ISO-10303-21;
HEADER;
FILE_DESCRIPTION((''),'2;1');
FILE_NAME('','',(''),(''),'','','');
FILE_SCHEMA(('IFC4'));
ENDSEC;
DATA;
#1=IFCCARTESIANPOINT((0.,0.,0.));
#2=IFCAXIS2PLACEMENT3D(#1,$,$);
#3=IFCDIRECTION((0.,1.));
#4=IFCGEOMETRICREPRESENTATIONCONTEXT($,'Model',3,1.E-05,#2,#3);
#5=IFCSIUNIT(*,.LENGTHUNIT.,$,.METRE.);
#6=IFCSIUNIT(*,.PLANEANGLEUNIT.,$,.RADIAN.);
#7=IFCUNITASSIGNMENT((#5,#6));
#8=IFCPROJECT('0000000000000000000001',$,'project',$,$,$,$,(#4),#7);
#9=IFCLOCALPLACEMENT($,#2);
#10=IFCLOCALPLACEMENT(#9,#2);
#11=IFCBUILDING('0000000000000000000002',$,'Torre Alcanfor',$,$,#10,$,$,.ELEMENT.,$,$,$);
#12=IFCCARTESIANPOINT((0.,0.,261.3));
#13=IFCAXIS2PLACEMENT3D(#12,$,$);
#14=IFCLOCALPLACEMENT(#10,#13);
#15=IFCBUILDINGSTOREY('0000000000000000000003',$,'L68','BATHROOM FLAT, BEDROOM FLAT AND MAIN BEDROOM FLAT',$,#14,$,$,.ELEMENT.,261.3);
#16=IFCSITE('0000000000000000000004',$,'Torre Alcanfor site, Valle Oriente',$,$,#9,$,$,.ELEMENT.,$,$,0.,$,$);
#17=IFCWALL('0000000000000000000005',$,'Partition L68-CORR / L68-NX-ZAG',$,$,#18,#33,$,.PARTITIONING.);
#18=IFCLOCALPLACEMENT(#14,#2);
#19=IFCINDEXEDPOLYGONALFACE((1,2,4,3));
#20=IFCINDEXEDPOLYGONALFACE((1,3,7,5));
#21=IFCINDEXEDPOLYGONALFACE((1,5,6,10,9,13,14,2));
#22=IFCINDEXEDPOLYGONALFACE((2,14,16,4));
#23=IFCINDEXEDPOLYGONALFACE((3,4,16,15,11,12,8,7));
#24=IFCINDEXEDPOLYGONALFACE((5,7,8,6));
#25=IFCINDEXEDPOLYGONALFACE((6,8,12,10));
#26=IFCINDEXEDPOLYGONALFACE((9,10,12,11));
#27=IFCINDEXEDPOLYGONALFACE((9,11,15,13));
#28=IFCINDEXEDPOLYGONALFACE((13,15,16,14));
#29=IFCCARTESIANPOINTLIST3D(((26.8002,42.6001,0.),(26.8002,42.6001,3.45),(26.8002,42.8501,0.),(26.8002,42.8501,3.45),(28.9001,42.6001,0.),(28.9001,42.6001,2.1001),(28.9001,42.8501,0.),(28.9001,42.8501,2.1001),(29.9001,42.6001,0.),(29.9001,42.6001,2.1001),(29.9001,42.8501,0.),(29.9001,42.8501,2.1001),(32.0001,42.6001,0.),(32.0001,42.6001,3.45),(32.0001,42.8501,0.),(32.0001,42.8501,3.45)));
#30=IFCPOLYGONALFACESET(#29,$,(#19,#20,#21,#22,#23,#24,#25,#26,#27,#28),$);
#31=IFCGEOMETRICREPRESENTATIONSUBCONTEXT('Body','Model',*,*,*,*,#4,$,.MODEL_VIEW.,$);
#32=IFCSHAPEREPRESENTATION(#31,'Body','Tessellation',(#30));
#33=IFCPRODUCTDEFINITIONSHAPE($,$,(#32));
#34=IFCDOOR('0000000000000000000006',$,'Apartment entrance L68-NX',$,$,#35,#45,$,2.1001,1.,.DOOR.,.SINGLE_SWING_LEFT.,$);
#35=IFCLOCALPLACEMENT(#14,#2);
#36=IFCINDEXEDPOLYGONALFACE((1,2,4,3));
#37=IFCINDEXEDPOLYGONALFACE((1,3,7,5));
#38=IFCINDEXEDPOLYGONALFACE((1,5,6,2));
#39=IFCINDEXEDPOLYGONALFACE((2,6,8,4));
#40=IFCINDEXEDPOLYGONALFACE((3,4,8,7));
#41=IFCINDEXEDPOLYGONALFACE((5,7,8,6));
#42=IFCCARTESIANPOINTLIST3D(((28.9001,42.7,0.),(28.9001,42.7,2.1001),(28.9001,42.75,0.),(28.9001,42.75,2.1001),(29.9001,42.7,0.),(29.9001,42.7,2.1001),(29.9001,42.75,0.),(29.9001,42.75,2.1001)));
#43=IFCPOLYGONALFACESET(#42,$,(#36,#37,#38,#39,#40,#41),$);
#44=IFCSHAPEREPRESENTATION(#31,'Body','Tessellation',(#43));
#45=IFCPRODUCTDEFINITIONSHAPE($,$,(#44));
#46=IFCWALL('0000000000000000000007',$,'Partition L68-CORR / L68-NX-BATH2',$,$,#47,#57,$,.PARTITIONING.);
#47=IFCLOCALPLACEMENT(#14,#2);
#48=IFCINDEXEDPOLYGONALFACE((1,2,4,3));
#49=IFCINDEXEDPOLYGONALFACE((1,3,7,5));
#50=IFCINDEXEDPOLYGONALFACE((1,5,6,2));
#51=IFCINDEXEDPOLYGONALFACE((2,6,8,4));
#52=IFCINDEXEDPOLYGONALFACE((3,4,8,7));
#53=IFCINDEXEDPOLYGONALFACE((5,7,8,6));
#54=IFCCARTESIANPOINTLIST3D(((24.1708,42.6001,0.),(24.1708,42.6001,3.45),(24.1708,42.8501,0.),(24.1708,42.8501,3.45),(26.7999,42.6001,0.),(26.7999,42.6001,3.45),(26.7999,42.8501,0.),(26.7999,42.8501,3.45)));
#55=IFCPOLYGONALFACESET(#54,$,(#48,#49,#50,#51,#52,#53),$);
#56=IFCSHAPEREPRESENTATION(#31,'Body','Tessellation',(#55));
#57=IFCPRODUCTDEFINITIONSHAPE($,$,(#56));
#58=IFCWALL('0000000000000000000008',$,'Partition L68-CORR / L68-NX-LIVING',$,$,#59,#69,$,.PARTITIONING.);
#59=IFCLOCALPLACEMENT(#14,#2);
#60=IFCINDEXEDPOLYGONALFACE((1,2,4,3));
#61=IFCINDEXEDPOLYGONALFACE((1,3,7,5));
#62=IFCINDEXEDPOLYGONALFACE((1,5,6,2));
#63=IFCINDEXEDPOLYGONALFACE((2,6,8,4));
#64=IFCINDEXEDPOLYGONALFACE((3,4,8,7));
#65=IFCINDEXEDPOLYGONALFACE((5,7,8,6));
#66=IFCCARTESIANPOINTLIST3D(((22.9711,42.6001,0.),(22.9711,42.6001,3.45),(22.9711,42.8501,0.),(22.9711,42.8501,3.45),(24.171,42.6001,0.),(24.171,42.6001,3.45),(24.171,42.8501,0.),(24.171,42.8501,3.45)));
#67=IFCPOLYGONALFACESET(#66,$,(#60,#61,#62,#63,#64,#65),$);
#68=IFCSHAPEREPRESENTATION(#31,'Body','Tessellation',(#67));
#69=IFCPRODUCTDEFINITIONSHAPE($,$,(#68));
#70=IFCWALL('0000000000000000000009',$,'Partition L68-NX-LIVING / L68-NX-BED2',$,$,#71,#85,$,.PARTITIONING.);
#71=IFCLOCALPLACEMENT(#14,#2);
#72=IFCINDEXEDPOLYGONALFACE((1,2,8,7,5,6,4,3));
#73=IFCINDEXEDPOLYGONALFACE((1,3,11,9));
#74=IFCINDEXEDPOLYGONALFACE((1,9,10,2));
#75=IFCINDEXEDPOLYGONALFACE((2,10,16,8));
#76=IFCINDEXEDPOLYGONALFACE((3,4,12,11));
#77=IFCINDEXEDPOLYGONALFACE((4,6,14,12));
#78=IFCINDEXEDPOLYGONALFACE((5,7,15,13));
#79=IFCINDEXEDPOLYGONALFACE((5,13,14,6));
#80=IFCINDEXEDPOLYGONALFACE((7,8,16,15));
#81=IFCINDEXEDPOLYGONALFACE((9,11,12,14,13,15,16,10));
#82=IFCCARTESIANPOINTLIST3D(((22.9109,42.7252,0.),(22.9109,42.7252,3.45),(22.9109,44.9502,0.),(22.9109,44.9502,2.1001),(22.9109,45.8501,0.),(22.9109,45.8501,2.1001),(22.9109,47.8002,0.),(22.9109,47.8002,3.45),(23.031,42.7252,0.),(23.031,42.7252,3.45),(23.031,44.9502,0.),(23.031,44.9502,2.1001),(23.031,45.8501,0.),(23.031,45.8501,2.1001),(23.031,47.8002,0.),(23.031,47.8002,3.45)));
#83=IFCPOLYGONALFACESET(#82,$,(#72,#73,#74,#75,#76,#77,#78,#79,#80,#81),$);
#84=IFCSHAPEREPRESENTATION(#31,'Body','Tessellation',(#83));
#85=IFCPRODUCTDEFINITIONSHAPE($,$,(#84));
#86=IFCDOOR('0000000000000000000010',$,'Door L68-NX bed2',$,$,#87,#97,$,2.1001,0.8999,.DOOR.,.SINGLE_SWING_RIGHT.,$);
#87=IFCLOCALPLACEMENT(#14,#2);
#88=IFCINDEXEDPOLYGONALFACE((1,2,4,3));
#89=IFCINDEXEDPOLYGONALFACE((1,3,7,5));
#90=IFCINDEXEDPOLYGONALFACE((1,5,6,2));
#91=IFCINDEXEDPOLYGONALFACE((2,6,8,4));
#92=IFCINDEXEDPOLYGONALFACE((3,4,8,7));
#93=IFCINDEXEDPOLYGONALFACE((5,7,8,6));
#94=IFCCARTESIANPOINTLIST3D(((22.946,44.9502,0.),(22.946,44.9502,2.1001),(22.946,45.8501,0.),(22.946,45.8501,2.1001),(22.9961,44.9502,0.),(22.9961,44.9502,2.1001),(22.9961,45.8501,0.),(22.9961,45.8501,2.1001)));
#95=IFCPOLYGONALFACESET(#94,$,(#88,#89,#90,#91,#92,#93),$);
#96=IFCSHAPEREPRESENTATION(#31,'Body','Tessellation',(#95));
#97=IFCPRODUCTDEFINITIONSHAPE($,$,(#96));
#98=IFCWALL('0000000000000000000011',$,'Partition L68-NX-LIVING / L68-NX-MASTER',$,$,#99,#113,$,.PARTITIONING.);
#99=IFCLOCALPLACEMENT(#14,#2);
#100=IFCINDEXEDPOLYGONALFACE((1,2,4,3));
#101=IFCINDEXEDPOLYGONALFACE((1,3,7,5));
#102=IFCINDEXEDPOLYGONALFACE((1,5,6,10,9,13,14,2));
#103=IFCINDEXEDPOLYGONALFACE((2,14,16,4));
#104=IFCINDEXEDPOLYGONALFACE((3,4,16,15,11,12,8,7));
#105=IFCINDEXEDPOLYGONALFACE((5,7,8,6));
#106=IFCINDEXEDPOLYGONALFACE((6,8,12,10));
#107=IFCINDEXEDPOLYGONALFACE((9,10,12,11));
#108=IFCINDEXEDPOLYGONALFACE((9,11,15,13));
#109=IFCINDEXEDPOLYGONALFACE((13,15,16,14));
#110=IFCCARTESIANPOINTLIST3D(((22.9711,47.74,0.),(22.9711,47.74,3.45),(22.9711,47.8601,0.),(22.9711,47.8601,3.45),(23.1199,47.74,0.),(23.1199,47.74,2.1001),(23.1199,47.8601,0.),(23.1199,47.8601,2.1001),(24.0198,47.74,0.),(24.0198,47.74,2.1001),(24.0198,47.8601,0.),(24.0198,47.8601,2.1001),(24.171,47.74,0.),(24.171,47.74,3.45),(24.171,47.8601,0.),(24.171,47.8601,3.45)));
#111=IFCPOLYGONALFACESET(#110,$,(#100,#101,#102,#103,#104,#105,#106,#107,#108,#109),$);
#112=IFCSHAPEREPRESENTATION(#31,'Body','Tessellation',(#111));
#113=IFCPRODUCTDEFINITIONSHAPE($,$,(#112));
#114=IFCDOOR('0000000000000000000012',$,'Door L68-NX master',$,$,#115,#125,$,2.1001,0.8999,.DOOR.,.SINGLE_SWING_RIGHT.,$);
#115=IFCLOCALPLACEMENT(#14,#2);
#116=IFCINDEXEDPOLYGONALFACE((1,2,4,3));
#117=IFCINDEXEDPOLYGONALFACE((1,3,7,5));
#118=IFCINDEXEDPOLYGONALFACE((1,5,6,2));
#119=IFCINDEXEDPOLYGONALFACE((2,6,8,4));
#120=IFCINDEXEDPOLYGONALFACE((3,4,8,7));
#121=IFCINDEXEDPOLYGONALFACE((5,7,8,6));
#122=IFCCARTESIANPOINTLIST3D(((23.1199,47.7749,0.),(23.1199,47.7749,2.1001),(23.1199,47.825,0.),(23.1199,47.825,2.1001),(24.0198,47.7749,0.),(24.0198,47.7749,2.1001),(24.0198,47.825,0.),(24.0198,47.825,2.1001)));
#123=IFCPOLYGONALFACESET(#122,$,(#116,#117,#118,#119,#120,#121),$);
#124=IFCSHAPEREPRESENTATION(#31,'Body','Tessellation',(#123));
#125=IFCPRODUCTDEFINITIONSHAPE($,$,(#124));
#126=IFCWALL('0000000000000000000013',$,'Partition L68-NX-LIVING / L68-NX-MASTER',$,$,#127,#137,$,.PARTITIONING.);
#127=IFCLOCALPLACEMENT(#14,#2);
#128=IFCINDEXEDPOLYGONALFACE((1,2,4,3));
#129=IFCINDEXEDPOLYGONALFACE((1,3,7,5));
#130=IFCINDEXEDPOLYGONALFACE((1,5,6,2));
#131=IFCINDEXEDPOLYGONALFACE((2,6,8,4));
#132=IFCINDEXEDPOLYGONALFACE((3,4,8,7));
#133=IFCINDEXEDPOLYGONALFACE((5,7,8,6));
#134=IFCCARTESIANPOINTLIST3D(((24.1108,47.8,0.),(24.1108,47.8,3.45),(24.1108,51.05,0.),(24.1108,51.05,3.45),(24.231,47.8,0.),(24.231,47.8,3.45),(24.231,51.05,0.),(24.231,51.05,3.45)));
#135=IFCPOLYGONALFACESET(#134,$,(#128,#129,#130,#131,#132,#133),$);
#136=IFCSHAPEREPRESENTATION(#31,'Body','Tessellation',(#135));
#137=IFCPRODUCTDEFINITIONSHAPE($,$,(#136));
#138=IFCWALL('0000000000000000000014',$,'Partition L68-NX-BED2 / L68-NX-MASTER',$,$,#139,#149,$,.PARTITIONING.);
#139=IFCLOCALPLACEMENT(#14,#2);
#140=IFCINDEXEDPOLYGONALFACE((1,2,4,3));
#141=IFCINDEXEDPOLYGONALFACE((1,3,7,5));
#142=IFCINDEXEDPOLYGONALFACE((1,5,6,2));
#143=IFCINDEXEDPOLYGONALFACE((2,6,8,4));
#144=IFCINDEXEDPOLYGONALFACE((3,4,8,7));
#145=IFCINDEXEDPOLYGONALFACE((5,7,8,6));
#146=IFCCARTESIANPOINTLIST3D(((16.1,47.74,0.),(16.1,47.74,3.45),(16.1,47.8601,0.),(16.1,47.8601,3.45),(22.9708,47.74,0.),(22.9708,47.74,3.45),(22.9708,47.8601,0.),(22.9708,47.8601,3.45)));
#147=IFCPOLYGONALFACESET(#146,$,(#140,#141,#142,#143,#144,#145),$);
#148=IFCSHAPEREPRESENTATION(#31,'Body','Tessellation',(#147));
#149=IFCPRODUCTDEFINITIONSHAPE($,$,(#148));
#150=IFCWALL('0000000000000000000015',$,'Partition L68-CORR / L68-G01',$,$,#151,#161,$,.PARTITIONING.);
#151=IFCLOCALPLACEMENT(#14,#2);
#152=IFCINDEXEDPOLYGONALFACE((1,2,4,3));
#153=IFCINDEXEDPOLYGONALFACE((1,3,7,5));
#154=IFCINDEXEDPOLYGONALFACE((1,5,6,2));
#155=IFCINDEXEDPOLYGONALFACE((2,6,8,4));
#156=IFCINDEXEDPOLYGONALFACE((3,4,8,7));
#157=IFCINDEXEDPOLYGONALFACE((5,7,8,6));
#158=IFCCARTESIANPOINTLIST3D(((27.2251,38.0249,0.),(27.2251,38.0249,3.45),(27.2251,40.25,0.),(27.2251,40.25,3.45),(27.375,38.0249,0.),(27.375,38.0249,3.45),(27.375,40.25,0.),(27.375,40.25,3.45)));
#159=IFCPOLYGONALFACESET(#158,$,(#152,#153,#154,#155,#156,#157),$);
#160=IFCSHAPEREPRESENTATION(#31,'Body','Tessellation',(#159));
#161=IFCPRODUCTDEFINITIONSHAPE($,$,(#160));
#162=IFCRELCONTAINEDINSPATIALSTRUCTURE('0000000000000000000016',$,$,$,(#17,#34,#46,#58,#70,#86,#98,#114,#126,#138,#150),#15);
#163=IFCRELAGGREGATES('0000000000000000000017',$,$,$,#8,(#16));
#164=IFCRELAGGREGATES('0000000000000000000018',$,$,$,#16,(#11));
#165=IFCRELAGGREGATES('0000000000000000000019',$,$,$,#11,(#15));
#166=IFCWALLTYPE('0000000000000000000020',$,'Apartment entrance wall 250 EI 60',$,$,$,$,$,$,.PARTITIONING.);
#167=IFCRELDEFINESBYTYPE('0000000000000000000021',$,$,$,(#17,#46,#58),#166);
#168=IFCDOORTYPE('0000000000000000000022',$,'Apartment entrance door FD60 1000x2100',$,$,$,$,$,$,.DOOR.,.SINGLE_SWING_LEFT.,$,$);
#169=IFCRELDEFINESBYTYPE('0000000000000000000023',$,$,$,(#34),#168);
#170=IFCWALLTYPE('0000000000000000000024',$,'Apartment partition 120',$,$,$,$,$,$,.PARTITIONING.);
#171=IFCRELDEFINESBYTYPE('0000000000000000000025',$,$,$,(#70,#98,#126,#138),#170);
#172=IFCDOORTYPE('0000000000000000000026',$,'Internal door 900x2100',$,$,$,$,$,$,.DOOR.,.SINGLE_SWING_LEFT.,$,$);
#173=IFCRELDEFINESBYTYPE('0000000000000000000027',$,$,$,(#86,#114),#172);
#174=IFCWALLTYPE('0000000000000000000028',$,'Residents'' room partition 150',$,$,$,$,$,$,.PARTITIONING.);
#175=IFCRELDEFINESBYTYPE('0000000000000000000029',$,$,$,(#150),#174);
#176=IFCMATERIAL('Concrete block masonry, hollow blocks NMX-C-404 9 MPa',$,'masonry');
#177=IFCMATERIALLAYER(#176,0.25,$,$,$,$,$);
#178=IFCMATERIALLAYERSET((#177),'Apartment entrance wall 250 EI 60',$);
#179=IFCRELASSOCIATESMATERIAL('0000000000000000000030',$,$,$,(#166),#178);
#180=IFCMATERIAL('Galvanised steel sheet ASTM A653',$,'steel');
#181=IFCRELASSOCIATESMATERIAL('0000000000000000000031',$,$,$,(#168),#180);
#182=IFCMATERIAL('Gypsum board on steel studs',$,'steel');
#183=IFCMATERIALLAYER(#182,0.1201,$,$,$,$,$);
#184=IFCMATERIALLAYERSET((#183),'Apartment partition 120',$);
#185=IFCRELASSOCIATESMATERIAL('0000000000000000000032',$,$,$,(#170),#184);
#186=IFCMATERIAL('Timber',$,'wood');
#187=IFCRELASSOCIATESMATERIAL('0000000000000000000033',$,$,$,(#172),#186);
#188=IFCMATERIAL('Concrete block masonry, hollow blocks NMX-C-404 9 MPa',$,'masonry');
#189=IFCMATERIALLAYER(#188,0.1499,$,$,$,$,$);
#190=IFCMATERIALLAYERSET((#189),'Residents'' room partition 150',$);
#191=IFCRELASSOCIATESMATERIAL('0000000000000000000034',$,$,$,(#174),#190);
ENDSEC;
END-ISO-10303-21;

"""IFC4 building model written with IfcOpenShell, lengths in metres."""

from ifc_helpers import new_model, si_unit, direction, frame, frame_2d, origin, place, context, subcontext, project, spatial, rectangle, extrude, material, layer, layer_set, type_object, element, fill, save


model = new_model("IFC4")

# Units and contexts
model_context = context("Model", 3, precision=1e-05, world=origin(), true_north=direction((0.0, 1.0)))
body_context = subcontext(model_context, "Body", "Model", "MODEL_VIEW")
ifc_project = project(units=[si_unit("LENGTHUNIT", "METRE"), si_unit("PLANEANGLEUNIT", "RADIAN")], contexts=[model_context])

# Site, building, storey
site_placement = place(None, origin())
site = spatial("IfcSite", under=ifc_project, at=site_placement, Name="Torre Alcanfor site, Valle Oriente", CompositionType="ELEMENT", RefElevation=0.0)
building_placement = place(site_placement, origin())
building = spatial("IfcBuilding", under=site, at=building_placement, Name="Torre Alcanfor", CompositionType="ELEMENT")
storey_placement = place(building_placement, frame((0.0, 0.0, 261.3)))
storey = spatial("IfcBuildingStorey", under=building, at=storey_placement, Name="L68", Description="BATHROOM FLAT, BEDROOM FLAT AND MAIN BEDROOM FLAT", CompositionType="ELEMENT", Elevation=261.3)

# Wall, opening, door
ifc_material_1 = material(Name="Concrete block masonry, hollow blocks NMX-C-404 9 MPa", Category="masonry")
ifc_layer_1 = layer(ifc_material_1, 0.25)
ifc_layer_set_1 = layer_set([ifc_layer_1], Name="Apartment entrance wall 250 EI 60")
wall_type_1 = type_object("IfcWallType", Name="Apartment entrance wall 250 EI 60", PredefinedType="PARTITIONING", material=ifc_layer_set_1)
wall_1_placement = place(storey_placement, frame((26.8, 42.7251, 0.0), z_axis=(0.0, 0.0, 1.0), x_axis=(1.0, 0.0, 0.0)))
wall_1 = element("IfcWall", 1, at=wall_1_placement, inside=storey, type_object=wall_type_1, Name="Partition L68-CORR / L68-NX-ZAG", PredefinedType="PARTITIONING", context=body_context, shape_type="SweptSolid", body=[
    extrude(rectangle(XDim=5.2, YDim=0.25, at=frame_2d((2.6001, 0.0))), origin(), (0.0, 0.0, 1.0), 3.45),
])
opening_1_placement = place(wall_1_placement, frame((2.1001, 0.0, 0.0)))
opening_1 = element("IfcOpeningElement", 2, at=opening_1_placement, cuts=wall_1, PredefinedType="OPENING", context=body_context, shape_type="SweptSolid", body=[
    extrude(rectangle(XDim=1.0, YDim=2.1001, at=frame_2d((0.5, 1.05))), frame((0.0, 0.135, 0.0), z_axis=(0.0, -1.0, 0.0), x_axis=(1.0, 0.0, 0.0)), (0.0, 0.0, 1.0), 0.27),
])
ifc_material_2 = material(Name="Galvanised steel sheet ASTM A653", Category="steel")
door_type_1 = type_object("IfcDoorType", Name="Apartment entrance door FD60 1000x2100", OperationType="SINGLE_SWING_LEFT", PredefinedType="DOOR", material=ifc_material_2)
door_1_placement = place(opening_1_placement, origin())
door_1 = element("IfcDoor", 3, at=door_1_placement, inside=storey, type_object=door_type_1, Name="Apartment entrance L68-NX", OperationType="SINGLE_SWING_LEFT", OverallHeight=2.1001, OverallWidth=1.0, PredefinedType="DOOR", context=body_context, shape_type="SweptSolid", body=[
    extrude(rectangle(XDim=1.0, YDim=2.1001, at=frame_2d((0.5, 1.05))), frame((0.0, 0.0249, 0.0), z_axis=(0.0, -1.0, 0.0), x_axis=(1.0, 0.0, 0.0)), (0.0, 0.0, 1.0), 0.05),
])
fill(opening_1, door_1)

# Walls
wall_2_placement = place(storey_placement, frame((24.1709, 42.7251, 0.0), z_axis=(0.0, 0.0, 1.0), x_axis=(1.0, 0.0, 0.0)))
element("IfcWall", 4, at=wall_2_placement, inside=storey, type_object=wall_type_1, Name="Partition L68-CORR / L68-NX-BATH2", PredefinedType="PARTITIONING", context=body_context, shape_type="SweptSolid", body=[
    extrude(rectangle(XDim=2.6292, YDim=0.25, at=frame_2d((1.3145, 0.0))), origin(), (0.0, 0.0, 1.0), 3.45),
])
wall_3_placement = place(storey_placement, frame((22.9709, 42.7251, 0.0), z_axis=(0.0, 0.0, 1.0), x_axis=(1.0, 0.0, 0.0)))
element("IfcWall", 5, at=wall_3_placement, inside=storey, type_object=wall_type_1, Name="Partition L68-CORR / L68-NX-LIVING", PredefinedType="PARTITIONING", context=body_context, shape_type="SweptSolid", body=[
    extrude(rectangle(XDim=1.2, YDim=0.25, at=frame_2d((0.6001, 0.0))), origin(), (0.0, 0.0, 1.0), 3.45),
])

# Walls, openings, doors
ifc_material_3 = material(Name="Gypsum board on steel studs", Category="steel")
ifc_layer_2 = layer(ifc_material_3, 0.1201)
ifc_layer_set_2 = layer_set([ifc_layer_2], Name="Apartment partition 120")
wall_type_2 = type_object("IfcWallType", Name="Apartment partition 120", PredefinedType="PARTITIONING", material=ifc_layer_set_2)
wall_4_placement = place(storey_placement, frame((22.9709, 42.7251, 0.0), z_axis=(0.0, 0.0, 1.0), x_axis=(0.0, 1.0, 0.0)))
wall_4 = element("IfcWall", 6, at=wall_4_placement, inside=storey, type_object=wall_type_2, Name="Partition L68-NX-LIVING / L68-NX-BED2", PredefinedType="PARTITIONING", context=body_context, shape_type="SweptSolid", body=[
    extrude(rectangle(XDim=5.075, YDim=0.1201, at=frame_2d((2.5376, 0.0))), origin(), (0.0, 0.0, 1.0), 3.45),
])
opening_2_placement = place(wall_4_placement, frame((2.2251, 0.0, 0.0)))
opening_2 = element("IfcOpeningElement", 7, at=opening_2_placement, cuts=wall_4, PredefinedType="OPENING", context=body_context, shape_type="SweptSolid", body=[
    extrude(rectangle(XDim=0.8999, YDim=2.1001, at=frame_2d((0.45, 1.05))), frame((0.0, 0.0701, 0.0), z_axis=(0.0, -1.0, 0.0), x_axis=(1.0, 0.0, 0.0)), (0.0, 0.0, 1.0), 0.1401),
])
ifc_material_4 = material(Name="Timber", Category="wood")
door_type_2 = type_object("IfcDoorType", Name="Internal door 900x2100", OperationType="SINGLE_SWING_LEFT", PredefinedType="DOOR", material=ifc_material_4)
door_2_placement = place(opening_2_placement, origin())
door_2 = element("IfcDoor", 8, at=door_2_placement, inside=storey, type_object=door_type_2, Name="Door L68-NX bed2", OperationType="SINGLE_SWING_RIGHT", OverallHeight=2.1001, OverallWidth=0.8999, PredefinedType="DOOR", context=body_context, shape_type="SweptSolid", body=[
    extrude(rectangle(XDim=0.8999, YDim=2.1001, at=frame_2d((0.45, 1.05))), frame((0.0, 0.0249, 0.0), z_axis=(0.0, -1.0, 0.0), x_axis=(1.0, 0.0, 0.0)), (0.0, 0.0, 1.0), 0.05),
])
fill(opening_2, door_2)
wall_5_placement = place(storey_placement, frame((22.9709, 47.8, 0.0), z_axis=(0.0, 0.0, 1.0), x_axis=(1.0, 0.0, 0.0)))
wall_5 = element("IfcWall", 9, at=wall_5_placement, inside=storey, type_object=wall_type_2, Name="Partition L68-NX-LIVING / L68-NX-MASTER", PredefinedType="PARTITIONING", context=body_context, shape_type="SweptSolid", body=[
    extrude(rectangle(XDim=1.2, YDim=0.1201, at=frame_2d((0.6001, 0.0))), origin(), (0.0, 0.0, 1.0), 3.45),
])
opening_3_placement = place(wall_5_placement, frame((0.1489, 0.0, 0.0)))
opening_3 = element("IfcOpeningElement", 10, at=opening_3_placement, cuts=wall_5, PredefinedType="OPENING", context=body_context, shape_type="SweptSolid", body=[
    extrude(rectangle(XDim=0.8999, YDim=2.1001, at=frame_2d((0.45, 1.05))), frame((0.0, 0.0701, 0.0), z_axis=(0.0, -1.0, 0.0), x_axis=(1.0, 0.0, 0.0)), (0.0, 0.0, 1.0), 0.1401),
])
door_3_placement = place(opening_3_placement, origin())
door_3 = element("IfcDoor", 11, at=door_3_placement, inside=storey, type_object=door_type_2, Name="Door L68-NX master", OperationType="SINGLE_SWING_RIGHT", OverallHeight=2.1001, OverallWidth=0.8999, PredefinedType="DOOR", context=body_context, shape_type="SweptSolid", body=[
    extrude(rectangle(XDim=0.8999, YDim=2.1001, at=frame_2d((0.45, 1.05))), frame((0.0, 0.0249, 0.0), z_axis=(0.0, -1.0, 0.0), x_axis=(1.0, 0.0, 0.0)), (0.0, 0.0, 1.0), 0.05),
])
fill(opening_3, door_3)

# Walls
wall_6_placement = place(storey_placement, frame((24.1709, 47.8, 0.0), z_axis=(0.0, 0.0, 1.0), x_axis=(0.0, 1.0, 0.0)))
element("IfcWall", 12, at=wall_6_placement, inside=storey, type_object=wall_type_2, Name="Partition L68-NX-LIVING / L68-NX-MASTER", PredefinedType="PARTITIONING", context=body_context, shape_type="SweptSolid", body=[
    extrude(rectangle(XDim=3.25, YDim=0.1201, at=frame_2d((1.625, 0.0))), origin(), (0.0, 0.0, 1.0), 3.45),
])
wall_7_placement = place(storey_placement, frame((22.9709, 47.8, 0.0), z_axis=(0.0, 0.0, 1.0), x_axis=(-1.0, 0.0, 0.0)))
element("IfcWall", 13, at=wall_7_placement, inside=storey, type_object=wall_type_2, Name="Partition L68-NX-BED2 / L68-NX-MASTER", PredefinedType="PARTITIONING", context=body_context, shape_type="SweptSolid", body=[
    extrude(rectangle(XDim=6.8708, YDim=0.1201, at=frame_2d((3.4355, 0.0))), origin(), (0.0, 0.0, 1.0), 3.45),
])
ifc_material_5 = material(Name="Concrete block masonry, hollow blocks NMX-C-404 9 MPa", Category="masonry")
ifc_layer_3 = layer(ifc_material_5, 0.1499)
ifc_layer_set_3 = layer_set([ifc_layer_3], Name="Residents' room partition 150")
wall_type_3 = type_object("IfcWallType", Name="Residents' room partition 150", PredefinedType="PARTITIONING", material=ifc_layer_set_3)
wall_8_placement = place(storey_placement, frame((27.3, 40.25, 0.0), z_axis=(0.0, 0.0, 1.0), x_axis=(0.0, -1.0, 0.0)))
element("IfcWall", 14, at=wall_8_placement, inside=storey, type_object=wall_type_3, Name="Partition L68-CORR / L68-G01", PredefinedType="PARTITIONING", context=body_context, shape_type="SweptSolid", body=[
    extrude(rectangle(XDim=2.2251, YDim=0.1499, at=frame_2d((1.1125, 0.0))), origin(), (0.0, 0.0, 1.0), 3.45),
])

save(model, "model.ifc")
